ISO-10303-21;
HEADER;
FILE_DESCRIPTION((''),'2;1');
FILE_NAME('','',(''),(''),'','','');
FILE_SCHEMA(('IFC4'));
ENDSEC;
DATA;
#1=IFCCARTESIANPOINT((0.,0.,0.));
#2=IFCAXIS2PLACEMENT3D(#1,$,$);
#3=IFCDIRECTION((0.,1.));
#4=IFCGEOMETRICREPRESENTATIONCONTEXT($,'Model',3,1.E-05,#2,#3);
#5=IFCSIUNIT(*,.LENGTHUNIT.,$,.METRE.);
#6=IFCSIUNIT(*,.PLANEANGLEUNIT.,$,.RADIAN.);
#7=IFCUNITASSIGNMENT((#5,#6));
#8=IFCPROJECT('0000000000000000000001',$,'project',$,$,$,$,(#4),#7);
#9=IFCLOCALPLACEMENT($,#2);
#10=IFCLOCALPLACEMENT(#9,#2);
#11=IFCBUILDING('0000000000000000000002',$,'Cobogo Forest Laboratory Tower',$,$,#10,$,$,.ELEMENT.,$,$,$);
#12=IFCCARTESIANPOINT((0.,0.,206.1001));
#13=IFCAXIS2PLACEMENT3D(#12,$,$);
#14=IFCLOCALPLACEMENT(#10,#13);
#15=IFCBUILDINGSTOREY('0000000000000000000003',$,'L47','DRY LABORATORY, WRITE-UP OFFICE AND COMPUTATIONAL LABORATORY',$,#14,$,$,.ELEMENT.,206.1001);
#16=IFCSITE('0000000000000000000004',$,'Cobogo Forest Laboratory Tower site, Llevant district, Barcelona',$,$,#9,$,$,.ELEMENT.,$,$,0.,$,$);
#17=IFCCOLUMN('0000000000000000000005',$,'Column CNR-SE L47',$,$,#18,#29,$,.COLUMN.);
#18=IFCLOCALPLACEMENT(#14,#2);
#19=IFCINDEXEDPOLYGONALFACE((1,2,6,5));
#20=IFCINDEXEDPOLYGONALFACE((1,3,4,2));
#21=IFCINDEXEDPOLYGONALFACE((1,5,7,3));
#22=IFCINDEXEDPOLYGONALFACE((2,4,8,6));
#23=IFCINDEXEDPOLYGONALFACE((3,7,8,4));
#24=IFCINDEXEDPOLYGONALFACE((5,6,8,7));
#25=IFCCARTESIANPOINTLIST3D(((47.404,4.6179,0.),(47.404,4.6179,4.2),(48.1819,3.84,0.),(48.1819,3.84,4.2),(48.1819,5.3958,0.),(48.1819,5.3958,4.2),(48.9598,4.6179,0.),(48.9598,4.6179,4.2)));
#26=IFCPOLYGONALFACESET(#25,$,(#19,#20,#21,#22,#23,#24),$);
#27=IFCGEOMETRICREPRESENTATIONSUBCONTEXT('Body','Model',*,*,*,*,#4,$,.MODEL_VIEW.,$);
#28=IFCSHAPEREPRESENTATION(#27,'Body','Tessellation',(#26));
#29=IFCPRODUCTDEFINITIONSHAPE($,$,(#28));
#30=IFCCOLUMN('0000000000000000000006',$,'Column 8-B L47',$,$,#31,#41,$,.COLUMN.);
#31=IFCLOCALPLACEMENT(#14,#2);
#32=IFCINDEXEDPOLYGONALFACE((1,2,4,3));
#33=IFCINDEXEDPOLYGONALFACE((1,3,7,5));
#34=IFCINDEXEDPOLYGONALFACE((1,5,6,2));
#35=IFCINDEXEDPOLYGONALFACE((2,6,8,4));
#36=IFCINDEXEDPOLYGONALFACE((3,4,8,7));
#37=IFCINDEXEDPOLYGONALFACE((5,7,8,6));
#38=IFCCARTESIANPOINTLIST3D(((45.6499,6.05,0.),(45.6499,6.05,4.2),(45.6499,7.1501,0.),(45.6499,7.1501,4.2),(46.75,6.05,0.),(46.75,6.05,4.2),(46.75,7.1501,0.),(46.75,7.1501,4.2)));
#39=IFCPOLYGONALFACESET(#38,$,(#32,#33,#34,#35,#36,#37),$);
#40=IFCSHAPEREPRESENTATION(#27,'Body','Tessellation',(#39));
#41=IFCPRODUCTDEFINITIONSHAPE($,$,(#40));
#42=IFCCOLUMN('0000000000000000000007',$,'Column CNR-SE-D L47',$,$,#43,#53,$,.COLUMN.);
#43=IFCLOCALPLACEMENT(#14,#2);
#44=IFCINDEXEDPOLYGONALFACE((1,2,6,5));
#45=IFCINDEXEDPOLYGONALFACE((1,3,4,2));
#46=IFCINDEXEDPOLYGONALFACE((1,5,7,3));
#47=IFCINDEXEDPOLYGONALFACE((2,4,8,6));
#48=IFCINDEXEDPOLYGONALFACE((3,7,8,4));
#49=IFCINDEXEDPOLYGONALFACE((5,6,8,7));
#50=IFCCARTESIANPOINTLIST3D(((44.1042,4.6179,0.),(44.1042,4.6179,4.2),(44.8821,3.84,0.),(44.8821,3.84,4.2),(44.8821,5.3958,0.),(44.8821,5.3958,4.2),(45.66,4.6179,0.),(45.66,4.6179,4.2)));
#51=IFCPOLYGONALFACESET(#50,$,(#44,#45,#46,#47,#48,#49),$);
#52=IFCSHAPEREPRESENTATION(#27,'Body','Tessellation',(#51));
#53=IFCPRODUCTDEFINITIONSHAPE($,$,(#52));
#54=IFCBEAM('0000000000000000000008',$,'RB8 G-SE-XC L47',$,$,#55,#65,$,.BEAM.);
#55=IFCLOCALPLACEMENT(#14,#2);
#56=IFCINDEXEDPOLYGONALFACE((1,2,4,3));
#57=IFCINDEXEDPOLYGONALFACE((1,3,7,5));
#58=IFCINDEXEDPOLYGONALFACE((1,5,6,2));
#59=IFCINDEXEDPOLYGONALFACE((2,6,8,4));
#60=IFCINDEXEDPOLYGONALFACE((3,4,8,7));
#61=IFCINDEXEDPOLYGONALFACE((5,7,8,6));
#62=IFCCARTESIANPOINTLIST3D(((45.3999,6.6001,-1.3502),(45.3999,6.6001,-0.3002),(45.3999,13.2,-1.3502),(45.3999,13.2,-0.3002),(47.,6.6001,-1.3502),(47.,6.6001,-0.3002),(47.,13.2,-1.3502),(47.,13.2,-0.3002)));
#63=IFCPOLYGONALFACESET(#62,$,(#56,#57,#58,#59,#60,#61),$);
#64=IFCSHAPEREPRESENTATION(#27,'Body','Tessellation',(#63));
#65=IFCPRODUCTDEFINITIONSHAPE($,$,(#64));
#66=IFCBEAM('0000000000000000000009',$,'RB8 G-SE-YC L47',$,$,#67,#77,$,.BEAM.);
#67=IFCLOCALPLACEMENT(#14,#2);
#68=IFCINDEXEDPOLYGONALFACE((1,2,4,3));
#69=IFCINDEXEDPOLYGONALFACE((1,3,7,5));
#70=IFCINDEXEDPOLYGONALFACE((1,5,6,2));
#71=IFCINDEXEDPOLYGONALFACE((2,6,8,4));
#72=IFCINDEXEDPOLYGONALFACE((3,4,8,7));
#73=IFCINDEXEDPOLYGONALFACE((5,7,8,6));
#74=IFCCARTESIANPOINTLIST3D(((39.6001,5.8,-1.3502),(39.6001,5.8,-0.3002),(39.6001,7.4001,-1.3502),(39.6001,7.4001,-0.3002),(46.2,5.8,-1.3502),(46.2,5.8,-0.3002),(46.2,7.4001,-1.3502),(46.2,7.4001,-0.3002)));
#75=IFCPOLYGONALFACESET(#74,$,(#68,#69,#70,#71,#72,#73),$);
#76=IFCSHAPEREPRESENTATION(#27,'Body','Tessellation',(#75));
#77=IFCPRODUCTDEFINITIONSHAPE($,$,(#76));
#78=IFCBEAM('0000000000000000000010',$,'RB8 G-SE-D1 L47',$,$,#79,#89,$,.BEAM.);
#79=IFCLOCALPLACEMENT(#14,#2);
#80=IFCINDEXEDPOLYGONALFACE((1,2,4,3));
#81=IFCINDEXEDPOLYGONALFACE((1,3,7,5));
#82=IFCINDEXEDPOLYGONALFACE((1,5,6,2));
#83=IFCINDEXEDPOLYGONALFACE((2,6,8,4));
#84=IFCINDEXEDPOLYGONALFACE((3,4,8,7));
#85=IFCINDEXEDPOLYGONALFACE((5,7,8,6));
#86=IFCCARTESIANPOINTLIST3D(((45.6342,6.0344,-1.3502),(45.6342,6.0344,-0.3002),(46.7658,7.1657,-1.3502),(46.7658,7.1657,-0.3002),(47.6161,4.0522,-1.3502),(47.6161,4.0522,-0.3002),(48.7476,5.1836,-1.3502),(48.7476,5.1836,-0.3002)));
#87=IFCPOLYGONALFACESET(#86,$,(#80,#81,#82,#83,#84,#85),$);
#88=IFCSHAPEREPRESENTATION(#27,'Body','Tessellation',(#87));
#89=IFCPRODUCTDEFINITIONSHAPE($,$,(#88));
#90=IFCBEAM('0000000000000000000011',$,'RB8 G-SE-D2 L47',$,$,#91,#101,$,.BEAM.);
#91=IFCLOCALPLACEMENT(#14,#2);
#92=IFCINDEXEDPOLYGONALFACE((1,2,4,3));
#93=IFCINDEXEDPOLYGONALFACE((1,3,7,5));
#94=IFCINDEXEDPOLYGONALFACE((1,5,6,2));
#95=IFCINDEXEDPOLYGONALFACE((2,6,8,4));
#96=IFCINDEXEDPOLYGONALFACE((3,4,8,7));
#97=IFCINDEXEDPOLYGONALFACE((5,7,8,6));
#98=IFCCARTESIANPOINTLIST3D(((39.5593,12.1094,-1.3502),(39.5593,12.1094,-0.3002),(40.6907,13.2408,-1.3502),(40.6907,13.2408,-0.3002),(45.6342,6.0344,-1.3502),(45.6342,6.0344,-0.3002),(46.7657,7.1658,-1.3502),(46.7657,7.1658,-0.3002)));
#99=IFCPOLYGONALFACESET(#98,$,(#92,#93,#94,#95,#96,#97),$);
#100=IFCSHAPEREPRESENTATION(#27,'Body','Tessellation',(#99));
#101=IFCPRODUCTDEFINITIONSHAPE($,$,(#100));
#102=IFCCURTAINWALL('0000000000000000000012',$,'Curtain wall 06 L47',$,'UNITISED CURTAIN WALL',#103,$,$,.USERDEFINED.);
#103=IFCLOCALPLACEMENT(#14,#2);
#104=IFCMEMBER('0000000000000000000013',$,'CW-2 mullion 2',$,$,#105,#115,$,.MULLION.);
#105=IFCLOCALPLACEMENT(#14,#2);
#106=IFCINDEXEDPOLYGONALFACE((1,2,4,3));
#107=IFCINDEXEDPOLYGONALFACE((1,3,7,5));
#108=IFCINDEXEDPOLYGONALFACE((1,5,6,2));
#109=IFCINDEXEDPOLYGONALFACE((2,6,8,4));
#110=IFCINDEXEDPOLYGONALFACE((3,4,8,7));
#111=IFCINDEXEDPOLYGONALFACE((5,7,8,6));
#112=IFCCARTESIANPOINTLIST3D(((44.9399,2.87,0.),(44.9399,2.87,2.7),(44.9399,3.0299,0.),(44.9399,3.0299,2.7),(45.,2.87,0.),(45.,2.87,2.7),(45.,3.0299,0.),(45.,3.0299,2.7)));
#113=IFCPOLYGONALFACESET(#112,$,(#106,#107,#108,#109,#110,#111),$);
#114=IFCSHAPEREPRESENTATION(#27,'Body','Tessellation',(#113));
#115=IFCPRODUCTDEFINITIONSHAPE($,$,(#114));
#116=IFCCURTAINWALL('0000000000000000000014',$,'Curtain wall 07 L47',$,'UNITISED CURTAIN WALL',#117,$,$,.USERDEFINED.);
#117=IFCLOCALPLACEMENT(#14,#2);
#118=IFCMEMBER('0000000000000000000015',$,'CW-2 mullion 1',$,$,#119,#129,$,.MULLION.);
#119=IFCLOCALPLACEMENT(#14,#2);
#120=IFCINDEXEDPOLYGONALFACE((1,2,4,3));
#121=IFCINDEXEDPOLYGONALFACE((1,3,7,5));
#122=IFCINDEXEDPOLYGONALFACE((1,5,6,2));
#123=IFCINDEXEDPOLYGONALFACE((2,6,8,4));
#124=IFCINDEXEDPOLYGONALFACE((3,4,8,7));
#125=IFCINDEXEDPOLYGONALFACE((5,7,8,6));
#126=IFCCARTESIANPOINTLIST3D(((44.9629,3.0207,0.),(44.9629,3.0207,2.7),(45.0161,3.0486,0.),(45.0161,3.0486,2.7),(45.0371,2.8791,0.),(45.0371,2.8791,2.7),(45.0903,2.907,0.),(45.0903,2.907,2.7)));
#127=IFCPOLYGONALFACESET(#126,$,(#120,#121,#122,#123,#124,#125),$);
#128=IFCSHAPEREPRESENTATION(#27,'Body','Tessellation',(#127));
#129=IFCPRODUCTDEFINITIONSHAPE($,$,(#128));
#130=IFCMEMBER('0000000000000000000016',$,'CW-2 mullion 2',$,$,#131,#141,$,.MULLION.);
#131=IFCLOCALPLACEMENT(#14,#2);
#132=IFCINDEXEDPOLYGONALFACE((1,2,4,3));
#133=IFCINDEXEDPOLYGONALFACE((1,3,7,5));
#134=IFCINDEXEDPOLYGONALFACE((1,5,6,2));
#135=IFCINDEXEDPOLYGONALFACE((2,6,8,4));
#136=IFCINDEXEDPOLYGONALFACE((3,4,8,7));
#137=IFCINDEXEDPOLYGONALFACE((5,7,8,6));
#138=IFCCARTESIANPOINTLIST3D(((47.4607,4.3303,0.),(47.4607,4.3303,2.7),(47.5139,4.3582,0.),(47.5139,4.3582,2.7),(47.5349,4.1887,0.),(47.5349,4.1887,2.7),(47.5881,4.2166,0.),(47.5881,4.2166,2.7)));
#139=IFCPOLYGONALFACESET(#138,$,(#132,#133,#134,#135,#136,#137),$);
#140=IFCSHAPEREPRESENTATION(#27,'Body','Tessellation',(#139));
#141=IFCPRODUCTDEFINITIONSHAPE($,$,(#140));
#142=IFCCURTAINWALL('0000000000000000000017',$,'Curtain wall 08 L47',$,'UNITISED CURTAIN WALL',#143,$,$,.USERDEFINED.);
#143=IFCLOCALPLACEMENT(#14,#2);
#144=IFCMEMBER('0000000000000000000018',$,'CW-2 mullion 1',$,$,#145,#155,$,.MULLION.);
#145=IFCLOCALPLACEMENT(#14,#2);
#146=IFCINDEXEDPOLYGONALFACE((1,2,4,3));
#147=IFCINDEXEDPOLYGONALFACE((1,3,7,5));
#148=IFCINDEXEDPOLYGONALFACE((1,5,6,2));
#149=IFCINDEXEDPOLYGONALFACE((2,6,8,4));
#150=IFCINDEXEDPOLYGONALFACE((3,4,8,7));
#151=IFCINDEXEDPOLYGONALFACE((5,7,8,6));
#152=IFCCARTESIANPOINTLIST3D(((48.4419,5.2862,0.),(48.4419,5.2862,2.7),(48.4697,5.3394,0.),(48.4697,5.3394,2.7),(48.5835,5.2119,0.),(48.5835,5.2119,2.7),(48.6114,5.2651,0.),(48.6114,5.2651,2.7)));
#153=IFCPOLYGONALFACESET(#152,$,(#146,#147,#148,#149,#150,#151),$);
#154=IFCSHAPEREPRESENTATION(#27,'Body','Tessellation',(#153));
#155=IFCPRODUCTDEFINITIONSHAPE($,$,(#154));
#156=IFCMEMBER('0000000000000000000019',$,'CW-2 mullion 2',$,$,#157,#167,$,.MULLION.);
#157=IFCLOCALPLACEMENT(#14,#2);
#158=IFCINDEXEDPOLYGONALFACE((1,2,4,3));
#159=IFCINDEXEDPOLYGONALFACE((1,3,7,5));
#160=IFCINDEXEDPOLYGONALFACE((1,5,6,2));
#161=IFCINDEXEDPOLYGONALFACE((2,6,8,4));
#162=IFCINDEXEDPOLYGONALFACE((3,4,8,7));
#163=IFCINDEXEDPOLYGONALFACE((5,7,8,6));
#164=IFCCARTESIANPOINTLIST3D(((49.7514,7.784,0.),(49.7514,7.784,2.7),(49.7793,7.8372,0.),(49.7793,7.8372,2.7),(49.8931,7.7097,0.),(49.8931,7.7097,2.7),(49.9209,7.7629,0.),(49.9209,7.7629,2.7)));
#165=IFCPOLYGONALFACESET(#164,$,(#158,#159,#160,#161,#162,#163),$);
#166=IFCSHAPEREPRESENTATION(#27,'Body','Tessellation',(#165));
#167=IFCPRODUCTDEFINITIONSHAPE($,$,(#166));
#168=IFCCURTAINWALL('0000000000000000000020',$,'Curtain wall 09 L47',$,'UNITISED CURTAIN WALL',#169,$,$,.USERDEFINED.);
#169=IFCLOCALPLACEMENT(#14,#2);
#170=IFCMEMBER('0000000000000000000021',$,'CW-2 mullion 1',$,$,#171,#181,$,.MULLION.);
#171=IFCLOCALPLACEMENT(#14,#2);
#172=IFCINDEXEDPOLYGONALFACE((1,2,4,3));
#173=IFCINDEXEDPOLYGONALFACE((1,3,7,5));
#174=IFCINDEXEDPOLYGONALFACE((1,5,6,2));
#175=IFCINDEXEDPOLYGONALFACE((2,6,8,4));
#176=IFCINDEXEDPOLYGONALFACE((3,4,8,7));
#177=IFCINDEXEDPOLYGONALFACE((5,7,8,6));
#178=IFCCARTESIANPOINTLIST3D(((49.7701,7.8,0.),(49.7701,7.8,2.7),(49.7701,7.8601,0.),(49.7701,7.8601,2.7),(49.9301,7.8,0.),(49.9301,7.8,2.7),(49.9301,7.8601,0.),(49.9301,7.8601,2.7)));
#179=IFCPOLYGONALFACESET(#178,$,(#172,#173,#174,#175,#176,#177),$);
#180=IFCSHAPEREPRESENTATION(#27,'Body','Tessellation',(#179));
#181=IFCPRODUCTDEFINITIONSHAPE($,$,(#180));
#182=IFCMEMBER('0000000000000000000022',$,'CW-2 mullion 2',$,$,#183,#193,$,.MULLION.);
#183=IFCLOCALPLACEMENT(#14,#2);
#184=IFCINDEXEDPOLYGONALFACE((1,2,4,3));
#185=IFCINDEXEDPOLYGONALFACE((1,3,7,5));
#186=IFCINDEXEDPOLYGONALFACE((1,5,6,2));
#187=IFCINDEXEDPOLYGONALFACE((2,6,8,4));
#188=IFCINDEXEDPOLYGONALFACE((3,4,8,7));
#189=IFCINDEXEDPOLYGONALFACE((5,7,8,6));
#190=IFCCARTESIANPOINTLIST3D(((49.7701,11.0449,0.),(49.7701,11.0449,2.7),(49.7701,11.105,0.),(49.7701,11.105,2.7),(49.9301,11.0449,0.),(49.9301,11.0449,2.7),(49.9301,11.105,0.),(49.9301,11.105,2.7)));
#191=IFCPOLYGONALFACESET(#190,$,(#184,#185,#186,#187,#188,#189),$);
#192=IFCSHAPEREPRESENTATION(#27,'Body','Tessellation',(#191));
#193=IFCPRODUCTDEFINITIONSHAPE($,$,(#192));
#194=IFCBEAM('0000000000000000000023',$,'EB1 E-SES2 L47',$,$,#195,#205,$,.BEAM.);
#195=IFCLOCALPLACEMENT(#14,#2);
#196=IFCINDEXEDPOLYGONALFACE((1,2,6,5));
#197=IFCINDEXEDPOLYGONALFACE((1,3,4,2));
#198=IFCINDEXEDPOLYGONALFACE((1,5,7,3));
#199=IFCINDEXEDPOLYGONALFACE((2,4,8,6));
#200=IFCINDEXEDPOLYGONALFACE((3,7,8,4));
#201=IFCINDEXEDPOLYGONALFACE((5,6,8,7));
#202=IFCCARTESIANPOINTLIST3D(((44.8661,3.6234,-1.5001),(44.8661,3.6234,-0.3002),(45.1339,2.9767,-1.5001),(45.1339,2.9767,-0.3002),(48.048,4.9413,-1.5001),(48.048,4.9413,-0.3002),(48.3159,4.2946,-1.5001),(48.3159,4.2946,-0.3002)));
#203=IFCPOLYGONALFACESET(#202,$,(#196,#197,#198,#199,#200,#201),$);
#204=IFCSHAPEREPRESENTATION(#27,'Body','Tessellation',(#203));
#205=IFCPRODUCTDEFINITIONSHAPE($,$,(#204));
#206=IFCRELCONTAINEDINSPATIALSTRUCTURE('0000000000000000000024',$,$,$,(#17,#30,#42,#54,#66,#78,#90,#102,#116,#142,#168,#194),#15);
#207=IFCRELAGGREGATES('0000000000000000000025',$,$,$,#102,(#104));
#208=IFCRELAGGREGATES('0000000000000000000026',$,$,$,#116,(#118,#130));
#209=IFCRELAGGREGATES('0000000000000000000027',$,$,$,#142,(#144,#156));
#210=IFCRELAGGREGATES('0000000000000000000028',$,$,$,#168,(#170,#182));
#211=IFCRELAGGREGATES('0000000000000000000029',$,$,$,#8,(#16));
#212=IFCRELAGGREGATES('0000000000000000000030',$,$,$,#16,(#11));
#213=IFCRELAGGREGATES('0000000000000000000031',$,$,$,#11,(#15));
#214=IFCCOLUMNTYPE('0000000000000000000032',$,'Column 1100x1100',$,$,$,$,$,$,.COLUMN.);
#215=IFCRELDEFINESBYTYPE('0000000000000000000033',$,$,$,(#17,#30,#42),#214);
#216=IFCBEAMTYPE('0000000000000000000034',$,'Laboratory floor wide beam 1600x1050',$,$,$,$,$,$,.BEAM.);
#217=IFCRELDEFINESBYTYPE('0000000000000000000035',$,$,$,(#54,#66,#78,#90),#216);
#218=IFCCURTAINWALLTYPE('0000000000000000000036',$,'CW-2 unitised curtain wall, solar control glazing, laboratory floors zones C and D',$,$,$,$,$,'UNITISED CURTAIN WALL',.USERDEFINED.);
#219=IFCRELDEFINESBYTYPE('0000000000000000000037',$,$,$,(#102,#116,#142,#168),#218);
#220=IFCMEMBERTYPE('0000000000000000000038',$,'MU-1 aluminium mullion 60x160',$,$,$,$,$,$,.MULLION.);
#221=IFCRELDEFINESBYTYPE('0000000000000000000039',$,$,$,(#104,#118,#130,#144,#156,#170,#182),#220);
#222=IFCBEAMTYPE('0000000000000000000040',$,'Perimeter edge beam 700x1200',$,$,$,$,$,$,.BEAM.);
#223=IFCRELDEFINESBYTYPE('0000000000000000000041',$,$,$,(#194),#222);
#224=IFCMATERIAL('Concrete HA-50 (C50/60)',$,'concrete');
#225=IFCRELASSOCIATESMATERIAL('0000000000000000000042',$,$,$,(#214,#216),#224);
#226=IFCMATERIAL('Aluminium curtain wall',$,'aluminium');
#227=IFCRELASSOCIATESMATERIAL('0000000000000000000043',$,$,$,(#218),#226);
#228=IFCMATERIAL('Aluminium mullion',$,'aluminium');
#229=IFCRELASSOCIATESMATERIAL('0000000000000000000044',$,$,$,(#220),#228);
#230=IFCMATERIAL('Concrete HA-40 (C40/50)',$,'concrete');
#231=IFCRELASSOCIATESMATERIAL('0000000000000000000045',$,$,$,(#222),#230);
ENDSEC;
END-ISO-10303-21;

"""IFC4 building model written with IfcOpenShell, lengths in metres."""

from ifc_helpers import new_model, si_unit, direction, frame, origin, origin_2d, place, context, subcontext, project, spatial, rectangle, extrude, material, material_profile, profile_set, type_object, element, aggregate, save


model = new_model("IFC4")

# Units and contexts
model_context = context("Model", 3, precision=1e-05, world=origin(), true_north=direction((0.0, 1.0)))
body_context = subcontext(model_context, "Body", "Model", "MODEL_VIEW")
ifc_project = project(units=[si_unit("LENGTHUNIT", "METRE"), si_unit("PLANEANGLEUNIT", "RADIAN")], contexts=[model_context])

# Site, building, storey
site_placement = place(None, origin())
site = spatial("IfcSite", under=ifc_project, at=site_placement, Name="Cobogo Forest Laboratory Tower site, Llevant district, Barcelona", CompositionType="ELEMENT", RefElevation=0.0)
building_placement = place(site_placement, origin())
building = spatial("IfcBuilding", under=site, at=building_placement, Name="Cobogo Forest Laboratory Tower", CompositionType="ELEMENT")
storey_placement = place(building_placement, frame((0.0, 0.0, 206.1001)))
storey = spatial("IfcBuildingStorey", under=building, at=storey_placement, Name="L47", Description="DRY LABORATORY, WRITE-UP OFFICE AND COMPUTATIONAL LABORATORY", CompositionType="ELEMENT", Elevation=206.1001)

# Columns
ifc_material_1 = material(Name="Concrete HA-50 (C50/60)", Category="concrete")
ifc_material_profile_1 = material_profile(ifc_material_1, rectangle(XDim=1.1001, YDim=1.1001, at=origin_2d()), Name="RC 1100x1100")
ifc_profile_set_1 = profile_set([ifc_material_profile_1], Name="Concrete HA-50 (C50/60)")
column_type = type_object("IfcColumnType", Name="Column 1100x1100", PredefinedType="COLUMN", material=ifc_profile_set_1)
for number, where, z_axis, x_axis, name in (
    (1, (48.1819, 4.6179, 0.0), (0.0, 0.0, 1.0), (0.707107, 0.707107, 0.0), "Column CNR-SE L47"),
    (2, (46.2, 6.6001, 0.0), (0.0, 0.0, 1.0), (1.0, 0.0, 0.0), "Column 8-B L47"),
    (3, (44.8821, 4.6179, 0.0), (0.0, 0.0, 1.0), (0.707107, 0.707107, 0.0), "Column CNR-SE-D L47"),
):
    element("IfcColumn", number, at=place(storey_placement, frame(where, z_axis=z_axis, x_axis=x_axis)), inside=storey, type_object=column_type, Name=name, PredefinedType="COLUMN", context=body_context, shape_type="SweptSolid", body=[
        extrude(rectangle(XDim=1.1001, YDim=1.1001, at=origin_2d()), origin(), (0.0, 0.0, 1.0), 4.2),
    ])

# Beams
ifc_material_profile_2 = material_profile(ifc_material_1, rectangle(XDim=1.6001, YDim=1.05, at=origin_2d()), Name="RC 1600x1050")
ifc_profile_set_2 = profile_set([ifc_material_profile_2], Name="Concrete HA-50 (C50/60)")
beam_type_1 = type_object("IfcBeamType", Name="Laboratory floor wide beam 1600x1050", PredefinedType="BEAM", material=ifc_profile_set_2)
for number, where, z_axis, x_axis, name in (
    (4, (46.2, 6.6001, -0.8252), (0.0, 1.0, 0.0), (-1.0, 0.0, 0.0), "RB8 G-SE-XC L47"),
    (5, (46.2, 6.6001, -0.8252), (-1.0, 0.0, 0.0), (0.0, -1.0, 0.0), "RB8 G-SE-YC L47"),
):
    element("IfcBeam", number, at=place(storey_placement, frame(where, z_axis=z_axis, x_axis=x_axis)), inside=storey, type_object=beam_type_1, Name=name, PredefinedType="BEAM", context=body_context, shape_type="SweptSolid", body=[
        extrude(rectangle(XDim=1.6001, YDim=1.05, at=origin_2d()), origin(), (0.0, 0.0, 1.0), 6.5999),
    ])
beam_1_placement = place(storey_placement, frame((48.1819, 4.6179, -0.8252), z_axis=(-0.707063, 0.70715, 0.0), x_axis=(-0.70715, -0.707063, 0.0)))
element("IfcBeam", 6, at=beam_1_placement, inside=storey, type_object=beam_type_1, Name="RB8 G-SE-D1 L47", PredefinedType="BEAM", context=body_context, shape_type="SweptSolid", body=[
    extrude(rectangle(XDim=1.6001, YDim=1.05, at=origin_2d()), origin(), (0.0, 0.0, 1.0), 2.803),
])
beam_2_placement = place(storey_placement, frame((46.2, 6.6001, -0.8252), z_axis=(-0.707107, 0.707107, 0.0), x_axis=(-0.707107, -0.707107, 0.0)))
element("IfcBeam", 7, at=beam_2_placement, inside=storey, type_object=beam_type_1, Name="RB8 G-SE-D2 L47", PredefinedType="BEAM", context=body_context, shape_type="SweptSolid", body=[
    extrude(rectangle(XDim=1.6001, YDim=1.05, at=origin_2d()), origin(), (0.0, 0.0, 1.0), 8.5913),
])

# Curtain wall, member
ifc_material_2 = material(Name="Aluminium curtain wall", Category="aluminium")
curtain_wall_type = type_object("IfcCurtainWallType", Name="CW-2 unitised curtain wall, solar control glazing, laboratory floors zones C and D", ElementType="UNITISED CURTAIN WALL", PredefinedType="USERDEFINED", material=ifc_material_2)
curtain_wall_1_placement = place(storey_placement, origin())
curtain_wall_1 = element("IfcCurtainWall", 8, at=curtain_wall_1_placement, inside=storey, type_object=curtain_wall_type, Name="Curtain wall 06 L47", ObjectType="UNITISED CURTAIN WALL", PredefinedType="USERDEFINED")
ifc_material_3 = material(Name="Aluminium mullion", Category="aluminium")
ifc_material_profile_3 = material_profile(ifc_material_3, rectangle(XDim=0.0601, YDim=0.1599, at=origin_2d()), Name="AL 60x160")
ifc_profile_set_3 = profile_set([ifc_material_profile_3], Name="Aluminium mullion")
member_type_1 = type_object("IfcMemberType", Name="MU-1 aluminium mullion 60x160", PredefinedType="MULLION", material=ifc_profile_set_3)
member_1_placement = place(storey_placement, frame((44.97, 2.95, 0.0), z_axis=(0.0, 0.0, 1.0), x_axis=(1.0, 0.0, 0.0)))
member_1 = element("IfcMember", 9, at=member_1_placement, type_object=member_type_1, Name="CW-2 mullion 2", PredefinedType="MULLION", context=body_context, shape_type="SweptSolid", body=[
    extrude(rectangle(XDim=0.0601, YDim=0.1599, at=origin_2d()), origin(), (0.0, 0.0, 1.0), 2.7),
])

# Curtain walls, members
curtain_wall_2_placement = place(storey_placement, origin())
curtain_wall_2 = element("IfcCurtainWall", 10, at=curtain_wall_2_placement, inside=storey, type_object=curtain_wall_type, Name="Curtain wall 07 L47", ObjectType="UNITISED CURTAIN WALL", PredefinedType="USERDEFINED")
member_2_placement = place(storey_placement, frame((45.0266, 2.9639, 0.0), z_axis=(0.0, 0.0, 1.0), x_axis=(0.885686, 0.464284, 0.0)))
member_2 = element("IfcMember", 11, at=member_2_placement, type_object=member_type_1, Name="CW-2 mullion 1", PredefinedType="MULLION", context=body_context, shape_type="SweptSolid", body=[
    extrude(rectangle(XDim=0.0601, YDim=0.1599, at=origin_2d()), origin(), (0.0, 0.0, 1.0), 2.7),
])
member_3_placement = place(storey_placement, frame((47.5244, 4.2734, 0.0), z_axis=(0.0, 0.0, 1.0), x_axis=(0.885686, 0.464284, 0.0)))
member_3 = element("IfcMember", 12, at=member_3_placement, type_object=member_type_1, Name="CW-2 mullion 2", PredefinedType="MULLION", context=body_context, shape_type="SweptSolid", body=[
    extrude(rectangle(XDim=0.0601, YDim=0.1599, at=origin_2d()), origin(), (0.0, 0.0, 1.0), 2.7),
])
curtain_wall_3_placement = place(storey_placement, origin())
curtain_wall_3 = element("IfcCurtainWall", 13, at=curtain_wall_3_placement, inside=storey, type_object=curtain_wall_type, Name="Curtain wall 08 L47", ObjectType="UNITISED CURTAIN WALL", PredefinedType="USERDEFINED")
member_4_placement = place(storey_placement, frame((48.5266, 5.2756, 0.0), z_axis=(0.0, 0.0, 1.0), x_axis=(0.464284, 0.885686, 0.0)))
member_4 = element("IfcMember", 14, at=member_4_placement, type_object=member_type_1, Name="CW-2 mullion 1", PredefinedType="MULLION", context=body_context, shape_type="SweptSolid", body=[
    extrude(rectangle(XDim=0.0601, YDim=0.1599, at=origin_2d()), origin(), (0.0, 0.0, 1.0), 2.7),
])
member_5_placement = place(storey_placement, frame((49.8362, 7.7734, 0.0), z_axis=(0.0, 0.0, 1.0), x_axis=(0.464284, 0.885686, 0.0)))
member_5 = element("IfcMember", 15, at=member_5_placement, type_object=member_type_1, Name="CW-2 mullion 2", PredefinedType="MULLION", context=body_context, shape_type="SweptSolid", body=[
    extrude(rectangle(XDim=0.0601, YDim=0.1599, at=origin_2d()), origin(), (0.0, 0.0, 1.0), 2.7),
])
curtain_wall_4_placement = place(storey_placement, origin())
curtain_wall_4 = element("IfcCurtainWall", 16, at=curtain_wall_4_placement, inside=storey, type_object=curtain_wall_type, Name="Curtain wall 09 L47", ObjectType="UNITISED CURTAIN WALL", PredefinedType="USERDEFINED")
member_6_placement = place(storey_placement, frame((49.8501, 7.8301, 0.0), z_axis=(0.0, 0.0, 1.0), x_axis=(0.0, 1.0, 0.0)))
member_6 = element("IfcMember", 17, at=member_6_placement, type_object=member_type_1, Name="CW-2 mullion 1", PredefinedType="MULLION", context=body_context, shape_type="SweptSolid", body=[
    extrude(rectangle(XDim=0.0601, YDim=0.1599, at=origin_2d()), origin(), (0.0, 0.0, 1.0), 2.7),
])
member_7_placement = place(storey_placement, frame((49.8501, 11.075, 0.0), z_axis=(0.0, 0.0, 1.0), x_axis=(0.0, 1.0, 0.0)))
member_7 = element("IfcMember", 18, at=member_7_placement, type_object=member_type_1, Name="CW-2 mullion 2", PredefinedType="MULLION", context=body_context, shape_type="SweptSolid", body=[
    extrude(rectangle(XDim=0.0601, YDim=0.1599, at=origin_2d()), origin(), (0.0, 0.0, 1.0), 2.7),
])

# Beam
ifc_material_4 = material(Name="Concrete HA-40 (C40/50)", Category="concrete")
ifc_material_profile_4 = material_profile(ifc_material_4, rectangle(XDim=0.7, YDim=1.2, at=origin_2d()), Name="RC 700x1200")
ifc_profile_set_4 = profile_set([ifc_material_profile_4], Name="Concrete HA-40 (C40/50)")
beam_type_2 = type_object("IfcBeamType", Name="Perimeter edge beam 700x1200", PredefinedType="BEAM", material=ifc_profile_set_4)
beam_3_placement = place(storey_placement, frame((45.0, 3.3, -0.9001), z_axis=(0.923891, 0.382656, 0.0), x_axis=(-0.382656, 0.923891, 0.0)))
element("IfcBeam", 19, at=beam_3_placement, inside=storey, type_object=beam_type_2, Name="EB1 E-SES2 L47", PredefinedType="BEAM", context=body_context, shape_type="SweptSolid", body=[
    extrude(rectangle(XDim=0.7, YDim=1.2, at=origin_2d()), origin(), (0.0, 0.0, 1.0), 3.4441),
])

aggregate(curtain_wall_1, [member_1])
aggregate(curtain_wall_2, [member_2, member_3])
aggregate(curtain_wall_3, [member_4, member_5])
aggregate(curtain_wall_4, [member_6, member_7])

save(model, "model.ifc")
